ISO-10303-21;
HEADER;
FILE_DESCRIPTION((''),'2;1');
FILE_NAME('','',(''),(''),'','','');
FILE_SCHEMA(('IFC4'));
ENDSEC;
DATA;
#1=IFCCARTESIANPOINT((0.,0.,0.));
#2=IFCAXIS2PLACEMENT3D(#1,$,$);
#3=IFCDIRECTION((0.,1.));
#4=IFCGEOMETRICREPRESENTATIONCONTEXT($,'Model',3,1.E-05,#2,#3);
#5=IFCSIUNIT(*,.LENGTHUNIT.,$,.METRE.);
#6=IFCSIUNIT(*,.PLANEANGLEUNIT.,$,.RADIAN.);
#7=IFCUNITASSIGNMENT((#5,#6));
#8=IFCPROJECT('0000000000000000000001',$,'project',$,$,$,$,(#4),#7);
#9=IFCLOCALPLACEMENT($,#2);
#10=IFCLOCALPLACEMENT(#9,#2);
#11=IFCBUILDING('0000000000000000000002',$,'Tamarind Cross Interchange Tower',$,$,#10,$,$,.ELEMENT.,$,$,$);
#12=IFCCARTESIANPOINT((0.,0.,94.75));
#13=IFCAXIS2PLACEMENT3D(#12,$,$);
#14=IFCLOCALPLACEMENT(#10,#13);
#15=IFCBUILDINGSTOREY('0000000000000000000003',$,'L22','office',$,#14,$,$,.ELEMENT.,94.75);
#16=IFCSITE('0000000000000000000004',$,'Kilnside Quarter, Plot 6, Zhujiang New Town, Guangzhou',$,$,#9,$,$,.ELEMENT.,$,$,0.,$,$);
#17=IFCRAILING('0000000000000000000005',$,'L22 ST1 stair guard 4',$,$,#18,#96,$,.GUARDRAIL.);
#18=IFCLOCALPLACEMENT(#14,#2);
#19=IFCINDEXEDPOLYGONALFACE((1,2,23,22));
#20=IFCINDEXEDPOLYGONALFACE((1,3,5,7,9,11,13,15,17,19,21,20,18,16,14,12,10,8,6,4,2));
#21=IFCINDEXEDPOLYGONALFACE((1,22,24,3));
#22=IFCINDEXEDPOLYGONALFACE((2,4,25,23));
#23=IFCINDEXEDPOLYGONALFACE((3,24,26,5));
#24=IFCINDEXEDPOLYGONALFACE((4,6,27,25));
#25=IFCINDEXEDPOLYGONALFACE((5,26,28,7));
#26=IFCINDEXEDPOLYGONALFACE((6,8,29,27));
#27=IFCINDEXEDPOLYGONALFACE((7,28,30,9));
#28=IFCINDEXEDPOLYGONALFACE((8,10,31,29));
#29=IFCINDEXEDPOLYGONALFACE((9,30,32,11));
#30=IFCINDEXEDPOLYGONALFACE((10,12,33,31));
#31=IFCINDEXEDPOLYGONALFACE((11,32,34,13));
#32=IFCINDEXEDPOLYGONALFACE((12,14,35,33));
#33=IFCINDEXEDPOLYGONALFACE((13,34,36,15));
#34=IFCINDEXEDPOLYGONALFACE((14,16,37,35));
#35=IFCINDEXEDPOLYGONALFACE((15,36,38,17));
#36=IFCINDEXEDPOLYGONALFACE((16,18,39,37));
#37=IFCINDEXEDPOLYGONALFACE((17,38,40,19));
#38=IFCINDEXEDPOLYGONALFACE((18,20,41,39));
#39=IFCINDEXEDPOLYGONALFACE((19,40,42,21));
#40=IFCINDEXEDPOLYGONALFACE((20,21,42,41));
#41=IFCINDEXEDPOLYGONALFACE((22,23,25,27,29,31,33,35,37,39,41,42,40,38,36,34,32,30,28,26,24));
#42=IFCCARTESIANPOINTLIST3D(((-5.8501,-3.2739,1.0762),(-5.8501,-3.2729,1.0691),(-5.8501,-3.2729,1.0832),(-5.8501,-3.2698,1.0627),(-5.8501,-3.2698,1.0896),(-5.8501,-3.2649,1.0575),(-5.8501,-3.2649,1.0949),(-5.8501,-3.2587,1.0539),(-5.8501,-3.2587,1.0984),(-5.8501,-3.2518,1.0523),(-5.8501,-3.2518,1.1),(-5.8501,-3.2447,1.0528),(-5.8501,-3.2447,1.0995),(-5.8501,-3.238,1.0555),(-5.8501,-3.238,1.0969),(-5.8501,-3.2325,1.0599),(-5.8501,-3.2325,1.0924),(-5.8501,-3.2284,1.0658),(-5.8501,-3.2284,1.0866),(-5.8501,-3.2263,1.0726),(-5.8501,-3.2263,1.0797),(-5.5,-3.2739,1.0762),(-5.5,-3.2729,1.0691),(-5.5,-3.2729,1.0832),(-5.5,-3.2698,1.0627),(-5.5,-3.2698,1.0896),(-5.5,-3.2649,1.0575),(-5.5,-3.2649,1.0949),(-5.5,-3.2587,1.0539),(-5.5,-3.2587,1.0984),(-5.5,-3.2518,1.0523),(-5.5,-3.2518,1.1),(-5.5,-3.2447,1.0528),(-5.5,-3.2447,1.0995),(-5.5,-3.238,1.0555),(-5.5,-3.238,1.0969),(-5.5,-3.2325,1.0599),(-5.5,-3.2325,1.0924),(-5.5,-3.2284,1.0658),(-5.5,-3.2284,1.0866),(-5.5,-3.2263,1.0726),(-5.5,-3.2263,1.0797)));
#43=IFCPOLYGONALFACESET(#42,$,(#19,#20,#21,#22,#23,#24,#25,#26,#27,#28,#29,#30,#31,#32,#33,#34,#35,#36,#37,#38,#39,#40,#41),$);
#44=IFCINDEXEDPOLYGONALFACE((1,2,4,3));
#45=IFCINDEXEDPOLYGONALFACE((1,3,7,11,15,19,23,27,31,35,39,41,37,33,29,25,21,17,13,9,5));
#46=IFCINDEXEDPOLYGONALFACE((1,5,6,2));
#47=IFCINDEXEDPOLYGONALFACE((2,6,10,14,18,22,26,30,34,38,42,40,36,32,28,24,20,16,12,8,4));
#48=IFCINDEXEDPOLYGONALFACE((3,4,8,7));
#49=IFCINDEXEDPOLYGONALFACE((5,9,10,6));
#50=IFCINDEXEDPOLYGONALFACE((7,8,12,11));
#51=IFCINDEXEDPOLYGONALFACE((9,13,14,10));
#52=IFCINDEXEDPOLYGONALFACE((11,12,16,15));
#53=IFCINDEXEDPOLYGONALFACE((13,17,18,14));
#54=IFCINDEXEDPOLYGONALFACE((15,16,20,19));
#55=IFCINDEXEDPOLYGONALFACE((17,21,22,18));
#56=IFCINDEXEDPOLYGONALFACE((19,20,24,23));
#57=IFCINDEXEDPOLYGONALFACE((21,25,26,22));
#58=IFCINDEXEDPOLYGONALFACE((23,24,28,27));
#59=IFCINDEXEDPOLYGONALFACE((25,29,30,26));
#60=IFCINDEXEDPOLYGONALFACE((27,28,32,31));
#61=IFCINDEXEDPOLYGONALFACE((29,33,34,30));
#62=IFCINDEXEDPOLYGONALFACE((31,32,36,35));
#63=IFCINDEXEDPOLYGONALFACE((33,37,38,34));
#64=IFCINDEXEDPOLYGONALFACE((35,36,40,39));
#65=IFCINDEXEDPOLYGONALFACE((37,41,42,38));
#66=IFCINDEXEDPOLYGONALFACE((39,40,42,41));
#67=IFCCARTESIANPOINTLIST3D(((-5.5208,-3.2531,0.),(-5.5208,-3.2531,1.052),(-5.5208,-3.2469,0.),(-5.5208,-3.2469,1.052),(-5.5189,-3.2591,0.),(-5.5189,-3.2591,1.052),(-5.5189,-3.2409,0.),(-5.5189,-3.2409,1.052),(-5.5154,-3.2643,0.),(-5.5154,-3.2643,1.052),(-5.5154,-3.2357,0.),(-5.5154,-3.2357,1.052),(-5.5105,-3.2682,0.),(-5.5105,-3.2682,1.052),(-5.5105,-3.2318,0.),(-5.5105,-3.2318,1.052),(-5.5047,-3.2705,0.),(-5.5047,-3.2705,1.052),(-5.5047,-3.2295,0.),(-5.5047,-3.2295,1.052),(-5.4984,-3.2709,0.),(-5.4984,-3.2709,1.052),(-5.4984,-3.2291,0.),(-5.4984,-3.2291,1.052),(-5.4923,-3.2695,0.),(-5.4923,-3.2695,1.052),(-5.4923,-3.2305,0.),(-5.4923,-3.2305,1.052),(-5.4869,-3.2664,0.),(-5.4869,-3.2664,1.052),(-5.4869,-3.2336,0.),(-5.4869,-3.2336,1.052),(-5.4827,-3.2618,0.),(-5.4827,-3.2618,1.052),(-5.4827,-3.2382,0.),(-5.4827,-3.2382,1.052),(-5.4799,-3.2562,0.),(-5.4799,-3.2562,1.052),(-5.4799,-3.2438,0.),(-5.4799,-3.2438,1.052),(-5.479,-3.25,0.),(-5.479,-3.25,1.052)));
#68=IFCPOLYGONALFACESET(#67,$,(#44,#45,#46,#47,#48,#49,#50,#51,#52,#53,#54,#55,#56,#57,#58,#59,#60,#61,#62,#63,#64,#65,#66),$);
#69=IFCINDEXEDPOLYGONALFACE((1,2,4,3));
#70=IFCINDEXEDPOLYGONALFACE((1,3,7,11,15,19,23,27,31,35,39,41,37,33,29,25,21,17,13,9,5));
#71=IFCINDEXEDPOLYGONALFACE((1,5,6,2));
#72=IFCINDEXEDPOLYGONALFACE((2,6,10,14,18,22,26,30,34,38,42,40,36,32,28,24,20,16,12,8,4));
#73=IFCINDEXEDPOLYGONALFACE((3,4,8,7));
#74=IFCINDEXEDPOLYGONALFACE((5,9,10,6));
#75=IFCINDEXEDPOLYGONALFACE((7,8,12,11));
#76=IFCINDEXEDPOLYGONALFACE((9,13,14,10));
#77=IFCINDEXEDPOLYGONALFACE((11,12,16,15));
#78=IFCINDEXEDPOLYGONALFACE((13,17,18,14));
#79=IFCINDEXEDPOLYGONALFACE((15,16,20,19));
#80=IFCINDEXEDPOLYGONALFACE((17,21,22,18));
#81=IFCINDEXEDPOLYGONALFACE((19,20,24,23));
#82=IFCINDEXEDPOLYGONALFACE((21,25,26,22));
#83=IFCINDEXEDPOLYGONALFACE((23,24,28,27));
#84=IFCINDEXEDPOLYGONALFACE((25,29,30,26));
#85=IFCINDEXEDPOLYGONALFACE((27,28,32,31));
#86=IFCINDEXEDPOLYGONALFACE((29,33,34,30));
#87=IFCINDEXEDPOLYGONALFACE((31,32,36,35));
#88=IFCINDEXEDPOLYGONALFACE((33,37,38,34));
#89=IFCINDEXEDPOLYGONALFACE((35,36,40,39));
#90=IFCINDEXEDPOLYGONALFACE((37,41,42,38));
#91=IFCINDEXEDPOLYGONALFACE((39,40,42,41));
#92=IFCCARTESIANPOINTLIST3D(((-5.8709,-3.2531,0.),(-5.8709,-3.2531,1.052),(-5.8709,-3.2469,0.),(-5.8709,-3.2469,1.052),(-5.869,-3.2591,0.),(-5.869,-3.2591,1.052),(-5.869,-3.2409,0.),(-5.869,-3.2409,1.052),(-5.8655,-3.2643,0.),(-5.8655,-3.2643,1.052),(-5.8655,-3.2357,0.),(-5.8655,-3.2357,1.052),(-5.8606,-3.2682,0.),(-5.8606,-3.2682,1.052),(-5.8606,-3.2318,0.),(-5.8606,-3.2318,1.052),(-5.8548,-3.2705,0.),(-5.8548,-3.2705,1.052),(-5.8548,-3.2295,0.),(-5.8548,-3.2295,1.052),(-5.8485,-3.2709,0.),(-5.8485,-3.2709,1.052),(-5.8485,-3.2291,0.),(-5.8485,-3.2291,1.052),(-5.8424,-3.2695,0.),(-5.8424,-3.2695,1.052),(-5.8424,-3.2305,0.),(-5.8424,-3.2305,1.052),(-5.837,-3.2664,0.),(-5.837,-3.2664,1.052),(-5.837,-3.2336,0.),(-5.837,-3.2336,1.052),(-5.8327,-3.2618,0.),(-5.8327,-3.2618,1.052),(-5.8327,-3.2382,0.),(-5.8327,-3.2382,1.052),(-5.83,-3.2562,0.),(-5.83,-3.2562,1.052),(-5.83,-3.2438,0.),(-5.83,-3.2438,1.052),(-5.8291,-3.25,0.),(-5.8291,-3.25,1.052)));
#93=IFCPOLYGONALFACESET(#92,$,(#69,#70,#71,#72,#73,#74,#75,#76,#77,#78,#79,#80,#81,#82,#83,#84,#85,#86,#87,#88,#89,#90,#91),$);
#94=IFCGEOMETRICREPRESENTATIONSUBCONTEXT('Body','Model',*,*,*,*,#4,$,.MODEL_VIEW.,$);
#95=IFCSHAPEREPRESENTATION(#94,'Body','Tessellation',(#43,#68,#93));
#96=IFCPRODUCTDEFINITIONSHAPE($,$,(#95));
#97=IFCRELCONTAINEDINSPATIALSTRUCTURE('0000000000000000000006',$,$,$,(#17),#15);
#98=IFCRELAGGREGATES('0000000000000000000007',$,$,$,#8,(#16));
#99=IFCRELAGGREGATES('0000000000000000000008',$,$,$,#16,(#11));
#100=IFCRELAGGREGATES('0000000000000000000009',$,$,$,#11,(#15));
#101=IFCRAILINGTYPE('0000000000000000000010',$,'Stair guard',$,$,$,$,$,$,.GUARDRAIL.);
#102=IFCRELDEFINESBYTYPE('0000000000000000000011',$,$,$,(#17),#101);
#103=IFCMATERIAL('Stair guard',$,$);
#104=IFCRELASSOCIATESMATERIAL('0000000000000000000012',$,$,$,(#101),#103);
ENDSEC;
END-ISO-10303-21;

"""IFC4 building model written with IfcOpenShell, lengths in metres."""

from ifc_helpers import new_model, si_unit, direction, frame, origin, origin_2d, place, context, subcontext, project, spatial, circle, extrude, material, type_object, element, save


model = new_model("IFC4")

# Units and contexts
model_context = context("Model", 3, precision=1e-05, world=origin(), true_north=direction((0.0, 1.0)))
body_context = subcontext(model_context, "Body", "Model", "MODEL_VIEW")
ifc_project = project(units=[si_unit("LENGTHUNIT", "METRE"), si_unit("PLANEANGLEUNIT", "RADIAN")], contexts=[model_context])

# Site, building, storey
site_placement = place(None, origin())
site = spatial("IfcSite", under=ifc_project, at=site_placement, Name="Kilnside Quarter, Plot 6, Zhujiang New Town, Guangzhou", CompositionType="ELEMENT", RefElevation=0.0)
building_placement = place(site_placement, origin())
building = spatial("IfcBuilding", under=site, at=building_placement, Name="Tamarind Cross Interchange Tower", CompositionType="ELEMENT")
storey_placement = place(building_placement, frame((0.0, 0.0, 94.75)))
storey = spatial("IfcBuildingStorey", under=building, at=storey_placement, Name="L22", Description="office", CompositionType="ELEMENT", Elevation=94.75)

# Railing
ifc_material_1 = material(Name="Stair guard")
railing_type_1 = type_object("IfcRailingType", Name="Stair guard", PredefinedType="GUARDRAIL", material=ifc_material_1)
railing_1_placement = place(storey_placement, frame((-5.5, -3.25, 0.0)))
element("IfcRailing", 1, at=railing_1_placement, inside=storey, type_object=railing_type_1, Name="L22 ST1 stair guard 4", PredefinedType="GUARDRAIL", context=body_context, shape_type="SweptSolid", body=[
    extrude(circle(Radius=0.0239, at=origin_2d()), frame((0.0, 0.0, 1.0762), z_axis=(-1.0, 0.0, 0.0), x_axis=(0.0, -1.0, 0.0)), (0.0, 0.0, 1.0), 0.3501),
    extrude(circle(Radius=0.021, at=origin_2d()), origin(), (0.0, 0.0, 1.0), 1.052),
    extrude(circle(Radius=0.021, at=origin_2d()), frame((-0.3501, 0.0, 0.0)), (0.0, 0.0, 1.0), 1.052),
])

save(model, "model.ifc")
